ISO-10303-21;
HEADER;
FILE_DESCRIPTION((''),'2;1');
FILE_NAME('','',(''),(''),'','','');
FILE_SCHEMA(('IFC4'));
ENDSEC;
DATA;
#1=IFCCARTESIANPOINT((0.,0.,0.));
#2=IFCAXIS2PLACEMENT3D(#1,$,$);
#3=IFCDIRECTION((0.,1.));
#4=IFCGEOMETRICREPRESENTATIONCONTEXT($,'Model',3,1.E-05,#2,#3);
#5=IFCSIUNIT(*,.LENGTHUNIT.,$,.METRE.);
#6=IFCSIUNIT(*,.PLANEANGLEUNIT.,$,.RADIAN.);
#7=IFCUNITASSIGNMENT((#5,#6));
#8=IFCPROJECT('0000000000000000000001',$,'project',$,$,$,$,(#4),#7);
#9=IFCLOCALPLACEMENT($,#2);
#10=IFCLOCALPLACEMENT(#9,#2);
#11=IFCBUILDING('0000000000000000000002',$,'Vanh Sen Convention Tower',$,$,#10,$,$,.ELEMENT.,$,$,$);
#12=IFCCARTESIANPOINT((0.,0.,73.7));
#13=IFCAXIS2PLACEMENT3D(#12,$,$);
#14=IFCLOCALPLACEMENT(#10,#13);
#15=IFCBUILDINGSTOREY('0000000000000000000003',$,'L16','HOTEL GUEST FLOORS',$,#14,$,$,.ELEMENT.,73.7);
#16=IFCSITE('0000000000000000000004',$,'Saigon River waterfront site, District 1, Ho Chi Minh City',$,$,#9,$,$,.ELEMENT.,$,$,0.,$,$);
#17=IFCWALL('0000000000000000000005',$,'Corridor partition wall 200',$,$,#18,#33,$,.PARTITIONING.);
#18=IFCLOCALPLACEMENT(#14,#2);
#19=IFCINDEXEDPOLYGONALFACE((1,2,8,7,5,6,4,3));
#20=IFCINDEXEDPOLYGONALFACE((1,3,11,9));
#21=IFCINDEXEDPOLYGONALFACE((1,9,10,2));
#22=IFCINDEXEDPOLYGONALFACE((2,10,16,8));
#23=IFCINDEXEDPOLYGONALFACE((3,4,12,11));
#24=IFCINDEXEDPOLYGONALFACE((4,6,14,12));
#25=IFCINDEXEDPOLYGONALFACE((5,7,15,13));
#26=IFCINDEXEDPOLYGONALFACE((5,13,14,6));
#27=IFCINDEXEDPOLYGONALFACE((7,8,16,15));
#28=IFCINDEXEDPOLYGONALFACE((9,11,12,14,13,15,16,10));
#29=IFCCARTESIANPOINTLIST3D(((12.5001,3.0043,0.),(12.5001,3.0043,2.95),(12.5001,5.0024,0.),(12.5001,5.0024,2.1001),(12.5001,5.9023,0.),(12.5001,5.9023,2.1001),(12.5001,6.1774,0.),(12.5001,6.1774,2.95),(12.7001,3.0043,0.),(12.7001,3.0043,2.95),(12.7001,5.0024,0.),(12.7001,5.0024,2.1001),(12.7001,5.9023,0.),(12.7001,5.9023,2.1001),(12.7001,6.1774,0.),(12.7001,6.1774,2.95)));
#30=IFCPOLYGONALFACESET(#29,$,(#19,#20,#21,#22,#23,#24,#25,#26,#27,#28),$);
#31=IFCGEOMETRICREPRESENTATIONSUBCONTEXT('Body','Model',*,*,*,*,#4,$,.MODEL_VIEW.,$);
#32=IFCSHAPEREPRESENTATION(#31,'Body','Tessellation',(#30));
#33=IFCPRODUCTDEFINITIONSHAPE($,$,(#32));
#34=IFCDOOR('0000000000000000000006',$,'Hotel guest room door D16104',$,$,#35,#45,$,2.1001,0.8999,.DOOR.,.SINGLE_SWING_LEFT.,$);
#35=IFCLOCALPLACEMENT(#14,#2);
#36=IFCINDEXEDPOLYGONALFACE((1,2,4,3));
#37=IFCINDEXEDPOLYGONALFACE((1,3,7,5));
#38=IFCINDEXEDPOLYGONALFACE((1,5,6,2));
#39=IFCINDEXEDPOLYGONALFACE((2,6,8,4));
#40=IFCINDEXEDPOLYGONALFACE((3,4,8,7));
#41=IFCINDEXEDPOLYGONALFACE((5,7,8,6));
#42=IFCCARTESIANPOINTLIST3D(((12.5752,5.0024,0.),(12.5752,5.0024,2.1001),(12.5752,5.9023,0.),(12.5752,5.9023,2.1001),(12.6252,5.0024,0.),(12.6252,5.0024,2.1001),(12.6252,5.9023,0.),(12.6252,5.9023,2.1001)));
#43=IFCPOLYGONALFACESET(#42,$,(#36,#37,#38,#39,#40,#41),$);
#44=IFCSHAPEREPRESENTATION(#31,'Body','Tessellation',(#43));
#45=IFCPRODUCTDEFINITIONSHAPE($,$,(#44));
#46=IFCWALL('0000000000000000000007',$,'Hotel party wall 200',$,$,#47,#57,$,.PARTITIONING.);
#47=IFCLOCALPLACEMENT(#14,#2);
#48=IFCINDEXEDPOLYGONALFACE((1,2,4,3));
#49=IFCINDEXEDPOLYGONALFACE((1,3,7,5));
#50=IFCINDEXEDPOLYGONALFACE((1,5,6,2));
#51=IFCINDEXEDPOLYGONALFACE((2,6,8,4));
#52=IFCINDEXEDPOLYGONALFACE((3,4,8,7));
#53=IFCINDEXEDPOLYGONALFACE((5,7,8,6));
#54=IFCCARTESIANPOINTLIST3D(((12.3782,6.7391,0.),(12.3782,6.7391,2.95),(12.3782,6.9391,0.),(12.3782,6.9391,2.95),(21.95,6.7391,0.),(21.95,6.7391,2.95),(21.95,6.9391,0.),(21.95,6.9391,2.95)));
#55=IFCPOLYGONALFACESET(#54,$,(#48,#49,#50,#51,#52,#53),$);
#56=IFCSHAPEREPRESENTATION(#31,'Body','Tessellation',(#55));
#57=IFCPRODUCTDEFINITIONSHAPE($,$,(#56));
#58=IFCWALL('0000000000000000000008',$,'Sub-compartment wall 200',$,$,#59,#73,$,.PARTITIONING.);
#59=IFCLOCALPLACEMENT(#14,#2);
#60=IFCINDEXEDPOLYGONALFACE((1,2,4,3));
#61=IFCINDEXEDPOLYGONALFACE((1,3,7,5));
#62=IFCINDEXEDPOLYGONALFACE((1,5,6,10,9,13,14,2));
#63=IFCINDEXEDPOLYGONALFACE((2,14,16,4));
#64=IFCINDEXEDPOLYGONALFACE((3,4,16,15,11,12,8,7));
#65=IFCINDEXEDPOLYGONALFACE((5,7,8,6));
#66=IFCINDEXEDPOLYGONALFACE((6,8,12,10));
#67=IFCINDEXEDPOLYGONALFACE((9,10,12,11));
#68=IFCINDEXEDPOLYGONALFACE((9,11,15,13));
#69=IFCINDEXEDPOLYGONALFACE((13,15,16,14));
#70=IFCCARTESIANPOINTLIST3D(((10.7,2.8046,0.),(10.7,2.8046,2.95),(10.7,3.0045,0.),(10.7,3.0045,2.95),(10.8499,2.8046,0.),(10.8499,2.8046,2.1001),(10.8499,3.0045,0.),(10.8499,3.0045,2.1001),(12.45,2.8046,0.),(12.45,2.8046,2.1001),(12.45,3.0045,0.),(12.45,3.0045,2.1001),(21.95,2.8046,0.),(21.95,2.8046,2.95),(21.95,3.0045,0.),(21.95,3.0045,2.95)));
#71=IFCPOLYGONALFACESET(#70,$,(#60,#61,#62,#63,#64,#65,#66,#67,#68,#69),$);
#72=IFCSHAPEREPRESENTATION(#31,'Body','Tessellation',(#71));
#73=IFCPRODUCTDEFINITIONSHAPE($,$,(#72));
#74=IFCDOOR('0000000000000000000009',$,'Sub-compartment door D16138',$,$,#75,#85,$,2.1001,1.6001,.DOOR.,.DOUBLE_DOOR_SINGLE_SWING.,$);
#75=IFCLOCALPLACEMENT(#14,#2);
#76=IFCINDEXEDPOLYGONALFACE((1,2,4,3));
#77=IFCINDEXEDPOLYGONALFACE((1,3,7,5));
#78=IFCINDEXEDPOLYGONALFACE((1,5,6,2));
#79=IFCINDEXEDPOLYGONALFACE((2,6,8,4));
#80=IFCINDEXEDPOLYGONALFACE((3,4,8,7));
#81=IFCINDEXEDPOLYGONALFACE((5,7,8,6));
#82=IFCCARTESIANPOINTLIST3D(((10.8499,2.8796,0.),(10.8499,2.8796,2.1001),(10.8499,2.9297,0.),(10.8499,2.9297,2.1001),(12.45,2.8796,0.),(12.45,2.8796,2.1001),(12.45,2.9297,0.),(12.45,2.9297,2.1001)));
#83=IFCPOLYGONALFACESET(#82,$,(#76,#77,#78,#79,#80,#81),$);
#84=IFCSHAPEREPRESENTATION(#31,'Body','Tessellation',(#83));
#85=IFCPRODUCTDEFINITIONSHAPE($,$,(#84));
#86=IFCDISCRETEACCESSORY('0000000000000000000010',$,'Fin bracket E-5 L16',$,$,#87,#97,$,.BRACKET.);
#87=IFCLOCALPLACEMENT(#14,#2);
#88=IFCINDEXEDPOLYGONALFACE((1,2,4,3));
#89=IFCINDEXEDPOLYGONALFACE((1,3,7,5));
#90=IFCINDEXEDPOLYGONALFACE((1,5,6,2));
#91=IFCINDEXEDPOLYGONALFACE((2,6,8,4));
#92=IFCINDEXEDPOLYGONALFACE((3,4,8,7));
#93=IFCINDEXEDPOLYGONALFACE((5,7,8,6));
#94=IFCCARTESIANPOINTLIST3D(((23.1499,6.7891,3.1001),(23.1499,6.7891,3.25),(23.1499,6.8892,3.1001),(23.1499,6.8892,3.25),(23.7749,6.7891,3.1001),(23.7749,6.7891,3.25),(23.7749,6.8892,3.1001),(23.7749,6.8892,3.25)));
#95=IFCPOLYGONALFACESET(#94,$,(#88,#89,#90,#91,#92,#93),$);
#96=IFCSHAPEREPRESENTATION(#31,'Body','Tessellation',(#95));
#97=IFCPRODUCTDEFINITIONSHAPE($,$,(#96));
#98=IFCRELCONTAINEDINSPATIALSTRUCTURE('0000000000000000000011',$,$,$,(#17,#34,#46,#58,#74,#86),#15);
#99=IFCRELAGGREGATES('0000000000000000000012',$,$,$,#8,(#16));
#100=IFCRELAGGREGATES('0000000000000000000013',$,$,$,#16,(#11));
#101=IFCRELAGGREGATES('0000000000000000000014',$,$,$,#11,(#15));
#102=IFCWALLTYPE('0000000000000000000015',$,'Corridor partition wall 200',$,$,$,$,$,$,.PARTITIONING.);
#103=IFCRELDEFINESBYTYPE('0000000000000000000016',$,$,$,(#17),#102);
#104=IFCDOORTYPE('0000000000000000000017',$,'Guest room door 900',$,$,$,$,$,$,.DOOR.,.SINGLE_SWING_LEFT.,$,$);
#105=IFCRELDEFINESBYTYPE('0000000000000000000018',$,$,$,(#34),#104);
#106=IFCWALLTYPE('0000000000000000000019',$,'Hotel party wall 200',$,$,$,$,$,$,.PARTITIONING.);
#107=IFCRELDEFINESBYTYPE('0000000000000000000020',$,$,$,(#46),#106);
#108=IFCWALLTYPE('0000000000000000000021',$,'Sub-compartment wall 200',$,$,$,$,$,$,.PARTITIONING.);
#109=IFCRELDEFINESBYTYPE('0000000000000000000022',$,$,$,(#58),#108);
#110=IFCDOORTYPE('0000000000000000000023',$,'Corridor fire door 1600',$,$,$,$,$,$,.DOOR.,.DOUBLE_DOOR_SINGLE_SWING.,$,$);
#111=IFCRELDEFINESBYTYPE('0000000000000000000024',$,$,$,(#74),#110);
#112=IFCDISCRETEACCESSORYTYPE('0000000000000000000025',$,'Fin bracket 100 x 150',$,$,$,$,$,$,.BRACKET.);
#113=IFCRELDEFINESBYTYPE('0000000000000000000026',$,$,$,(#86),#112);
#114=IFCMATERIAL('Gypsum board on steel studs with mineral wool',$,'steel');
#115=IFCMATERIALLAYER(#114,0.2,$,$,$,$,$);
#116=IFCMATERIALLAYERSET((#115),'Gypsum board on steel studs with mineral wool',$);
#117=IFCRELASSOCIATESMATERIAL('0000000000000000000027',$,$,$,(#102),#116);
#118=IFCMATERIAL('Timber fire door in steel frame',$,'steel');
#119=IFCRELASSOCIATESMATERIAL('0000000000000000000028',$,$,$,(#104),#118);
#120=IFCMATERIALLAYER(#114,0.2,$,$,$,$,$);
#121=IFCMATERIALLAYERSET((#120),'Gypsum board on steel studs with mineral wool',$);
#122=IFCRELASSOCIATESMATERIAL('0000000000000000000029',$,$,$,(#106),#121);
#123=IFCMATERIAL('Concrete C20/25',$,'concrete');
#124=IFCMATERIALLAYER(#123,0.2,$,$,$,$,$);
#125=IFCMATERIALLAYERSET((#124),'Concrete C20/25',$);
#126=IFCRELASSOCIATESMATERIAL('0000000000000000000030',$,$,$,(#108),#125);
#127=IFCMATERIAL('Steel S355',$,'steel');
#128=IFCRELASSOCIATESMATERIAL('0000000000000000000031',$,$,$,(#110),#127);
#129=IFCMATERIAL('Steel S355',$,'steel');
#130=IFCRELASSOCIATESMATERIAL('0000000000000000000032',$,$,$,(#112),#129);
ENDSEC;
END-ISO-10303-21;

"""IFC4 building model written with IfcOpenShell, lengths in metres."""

from ifc_helpers import new_model, si_unit, direction, frame, frame_2d, origin, origin_2d, place, context, subcontext, project, spatial, rectangle, extrude, material, layer, layer_set, type_object, element, fill, save


model = new_model("IFC4")

# Units and contexts
model_context = context("Model", 3, precision=1e-05, world=origin(), true_north=direction((0.0, 1.0)))
body_context = subcontext(model_context, "Body", "Model", "MODEL_VIEW")
ifc_project = project(units=[si_unit("LENGTHUNIT", "METRE"), si_unit("PLANEANGLEUNIT", "RADIAN")], contexts=[model_context])

# Site, building, storey
site_placement = place(None, origin())
site = spatial("IfcSite", under=ifc_project, at=site_placement, Name="Saigon River waterfront site, District 1, Ho Chi Minh City", CompositionType="ELEMENT", RefElevation=0.0)
building_placement = place(site_placement, origin())
building = spatial("IfcBuilding", under=site, at=building_placement, Name="Vanh Sen Convention Tower", CompositionType="ELEMENT")
storey_placement = place(building_placement, frame((0.0, 0.0, 73.7)))
storey = spatial("IfcBuildingStorey", under=building, at=storey_placement, Name="L16", Description="HOTEL GUEST FLOORS", CompositionType="ELEMENT", Elevation=73.7)

# Wall, opening, door
ifc_material_1 = material(Name="Gypsum board on steel studs with mineral wool", Category="steel")
ifc_layer_1 = layer(ifc_material_1, 0.2)
ifc_layer_set_1 = layer_set([ifc_layer_1], Name="Gypsum board on steel studs with mineral wool")
wall_type_1 = type_object("IfcWallType", Name="Corridor partition wall 200", PredefinedType="PARTITIONING", material=ifc_layer_set_1)
ifc_material_2 = material(Name="Timber fire door in steel frame", Category="steel")
door_type_1 = type_object("IfcDoorType", Name="Guest room door 900", OperationType="SINGLE_SWING_LEFT", PredefinedType="DOOR", material=ifc_material_2)
wall_1_placement = place(storey_placement, frame((12.6001, 3.0044, 0.0), z_axis=(0.0, 0.0, 1.0), x_axis=(0.0, 1.0, 0.0)))
wall_1 = element("IfcWall", 1, at=wall_1_placement, inside=storey, type_object=wall_type_1, Name="Corridor partition wall 200", PredefinedType="PARTITIONING", context=body_context, shape_type="SweptSolid", body=[
    extrude(rectangle(XDim=3.1731, YDim=0.2, at=frame_2d((1.5864, 0.0))), origin(), (0.0, 0.0, 1.0), 2.95),
])
opening_1_placement = place(wall_1_placement, frame((1.998, 0.0, 0.0)))
opening_1 = element("IfcOpeningElement", 2, at=opening_1_placement, cuts=wall_1, PredefinedType="OPENING", context=body_context, shape_type="SweptSolid", body=[
    extrude(rectangle(XDim=0.8999, YDim=2.1001, at=frame_2d((0.45, 1.05))), frame((0.0, 0.1099, 0.0), z_axis=(0.0, -1.0, 0.0), x_axis=(1.0, 0.0, 0.0)), (0.0, 0.0, 1.0), 0.22),
])
door_1_placement = place(opening_1_placement, origin())
door_1 = element("IfcDoor", 3, at=door_1_placement, inside=storey, type_object=door_type_1, Name="Hotel guest room door D16104", OperationType="SINGLE_SWING_LEFT", OverallHeight=2.1001, OverallWidth=0.8999, PredefinedType="DOOR", context=body_context, shape_type="SweptSolid", body=[
    extrude(rectangle(XDim=0.8999, YDim=2.1001, at=frame_2d((0.45, 1.05))), frame((0.0, 0.0249, 0.0), z_axis=(0.0, -1.0, 0.0), x_axis=(1.0, 0.0, 0.0)), (0.0, 0.0, 1.0), 0.05),
])
fill(opening_1, door_1)

# Wall
ifc_layer_2 = layer(ifc_material_1, 0.2)
ifc_layer_set_2 = layer_set([ifc_layer_2], Name="Gypsum board on steel studs with mineral wool")
wall_type_2 = type_object("IfcWallType", Name="Hotel party wall 200", PredefinedType="PARTITIONING", material=ifc_layer_set_2)
wall_2_placement = place(storey_placement, frame((21.95, 6.8391, 0.0), z_axis=(0.0, 0.0, 1.0), x_axis=(-1.0, 0.0, 0.0)))
element("IfcWall", 4, at=wall_2_placement, inside=storey, type_object=wall_type_2, Name="Hotel party wall 200", PredefinedType="PARTITIONING", context=body_context, shape_type="SweptSolid", body=[
    extrude(rectangle(XDim=9.5718, YDim=0.2, at=frame_2d((4.7859, 0.0))), origin(), (0.0, 0.0, 1.0), 2.95),
])

# Wall, opening, door
ifc_material_3 = material(Name="Concrete C20/25", Category="concrete")
ifc_layer_3 = layer(ifc_material_3, 0.2)
ifc_layer_set_3 = layer_set([ifc_layer_3], Name="Concrete C20/25")
wall_type_3 = type_object("IfcWallType", Name="Sub-compartment wall 200", PredefinedType="PARTITIONING", material=ifc_layer_set_3)
wall_3_placement = place(storey_placement, frame((21.95, 2.9045, 0.0), z_axis=(0.0, 0.0, 1.0), x_axis=(-1.0, 0.0, 0.0)))
wall_3 = element("IfcWall", 5, at=wall_3_placement, inside=storey, type_object=wall_type_3, Name="Sub-compartment wall 200", PredefinedType="PARTITIONING", context=body_context, shape_type="SweptSolid", body=[
    extrude(rectangle(XDim=11.25, YDim=0.2, at=frame_2d((5.625, 0.0))), origin(), (0.0, 0.0, 1.0), 2.95),
])
opening_2_placement = place(wall_3_placement, frame((9.5, 0.0, 0.0)))
opening_2 = element("IfcOpeningElement", 6, at=opening_2_placement, cuts=wall_3, PredefinedType="OPENING", context=body_context, shape_type="SweptSolid", body=[
    extrude(rectangle(XDim=1.6001, YDim=2.1001, at=frame_2d((0.8, 1.05))), frame((0.0, 0.1099, 0.0), z_axis=(0.0, -1.0, 0.0), x_axis=(1.0, 0.0, 0.0)), (0.0, 0.0, 1.0), 0.22),
])
ifc_material_4 = material(Name="Steel S355", Category="steel")
door_type_2 = type_object("IfcDoorType", Name="Corridor fire door 1600", OperationType="DOUBLE_DOOR_SINGLE_SWING", PredefinedType="DOOR", material=ifc_material_4)
door_2_placement = place(opening_2_placement, origin())
door_2 = element("IfcDoor", 7, at=door_2_placement, inside=storey, type_object=door_type_2, Name="Sub-compartment door D16138", OperationType="DOUBLE_DOOR_SINGLE_SWING", OverallHeight=2.1001, OverallWidth=1.6001, PredefinedType="DOOR", context=body_context, shape_type="SweptSolid", body=[
    extrude(rectangle(XDim=1.6001, YDim=2.1001, at=frame_2d((0.8, 1.05))), frame((0.0, 0.0249, 0.0), z_axis=(0.0, -1.0, 0.0), x_axis=(1.0, 0.0, 0.0)), (0.0, 0.0, 1.0), 0.05),
])
fill(opening_2, door_2)

# Discrete accessory
ifc_material_5 = material(Name="Steel S355", Category="steel")
discrete_accessory_type = type_object("IfcDiscreteAccessoryType", Name="Fin bracket 100 x 150", PredefinedType="BRACKET", material=ifc_material_5)
discrete_accessory_placement = place(storey_placement, frame((23.4624, 6.8391, 3.1001), z_axis=(0.0, 0.0, 1.0), x_axis=(1.0, 0.0, 0.0)))
element("IfcDiscreteAccessory", 8, at=discrete_accessory_placement, inside=storey, type_object=discrete_accessory_type, Name="Fin bracket E-5 L16", PredefinedType="BRACKET", context=body_context, shape_type="SweptSolid", body=[
    extrude(rectangle(XDim=0.625, YDim=0.1001, at=origin_2d()), origin(), (0.0, 0.0, 1.0), 0.1499),
])

save(model, "model.ifc")
